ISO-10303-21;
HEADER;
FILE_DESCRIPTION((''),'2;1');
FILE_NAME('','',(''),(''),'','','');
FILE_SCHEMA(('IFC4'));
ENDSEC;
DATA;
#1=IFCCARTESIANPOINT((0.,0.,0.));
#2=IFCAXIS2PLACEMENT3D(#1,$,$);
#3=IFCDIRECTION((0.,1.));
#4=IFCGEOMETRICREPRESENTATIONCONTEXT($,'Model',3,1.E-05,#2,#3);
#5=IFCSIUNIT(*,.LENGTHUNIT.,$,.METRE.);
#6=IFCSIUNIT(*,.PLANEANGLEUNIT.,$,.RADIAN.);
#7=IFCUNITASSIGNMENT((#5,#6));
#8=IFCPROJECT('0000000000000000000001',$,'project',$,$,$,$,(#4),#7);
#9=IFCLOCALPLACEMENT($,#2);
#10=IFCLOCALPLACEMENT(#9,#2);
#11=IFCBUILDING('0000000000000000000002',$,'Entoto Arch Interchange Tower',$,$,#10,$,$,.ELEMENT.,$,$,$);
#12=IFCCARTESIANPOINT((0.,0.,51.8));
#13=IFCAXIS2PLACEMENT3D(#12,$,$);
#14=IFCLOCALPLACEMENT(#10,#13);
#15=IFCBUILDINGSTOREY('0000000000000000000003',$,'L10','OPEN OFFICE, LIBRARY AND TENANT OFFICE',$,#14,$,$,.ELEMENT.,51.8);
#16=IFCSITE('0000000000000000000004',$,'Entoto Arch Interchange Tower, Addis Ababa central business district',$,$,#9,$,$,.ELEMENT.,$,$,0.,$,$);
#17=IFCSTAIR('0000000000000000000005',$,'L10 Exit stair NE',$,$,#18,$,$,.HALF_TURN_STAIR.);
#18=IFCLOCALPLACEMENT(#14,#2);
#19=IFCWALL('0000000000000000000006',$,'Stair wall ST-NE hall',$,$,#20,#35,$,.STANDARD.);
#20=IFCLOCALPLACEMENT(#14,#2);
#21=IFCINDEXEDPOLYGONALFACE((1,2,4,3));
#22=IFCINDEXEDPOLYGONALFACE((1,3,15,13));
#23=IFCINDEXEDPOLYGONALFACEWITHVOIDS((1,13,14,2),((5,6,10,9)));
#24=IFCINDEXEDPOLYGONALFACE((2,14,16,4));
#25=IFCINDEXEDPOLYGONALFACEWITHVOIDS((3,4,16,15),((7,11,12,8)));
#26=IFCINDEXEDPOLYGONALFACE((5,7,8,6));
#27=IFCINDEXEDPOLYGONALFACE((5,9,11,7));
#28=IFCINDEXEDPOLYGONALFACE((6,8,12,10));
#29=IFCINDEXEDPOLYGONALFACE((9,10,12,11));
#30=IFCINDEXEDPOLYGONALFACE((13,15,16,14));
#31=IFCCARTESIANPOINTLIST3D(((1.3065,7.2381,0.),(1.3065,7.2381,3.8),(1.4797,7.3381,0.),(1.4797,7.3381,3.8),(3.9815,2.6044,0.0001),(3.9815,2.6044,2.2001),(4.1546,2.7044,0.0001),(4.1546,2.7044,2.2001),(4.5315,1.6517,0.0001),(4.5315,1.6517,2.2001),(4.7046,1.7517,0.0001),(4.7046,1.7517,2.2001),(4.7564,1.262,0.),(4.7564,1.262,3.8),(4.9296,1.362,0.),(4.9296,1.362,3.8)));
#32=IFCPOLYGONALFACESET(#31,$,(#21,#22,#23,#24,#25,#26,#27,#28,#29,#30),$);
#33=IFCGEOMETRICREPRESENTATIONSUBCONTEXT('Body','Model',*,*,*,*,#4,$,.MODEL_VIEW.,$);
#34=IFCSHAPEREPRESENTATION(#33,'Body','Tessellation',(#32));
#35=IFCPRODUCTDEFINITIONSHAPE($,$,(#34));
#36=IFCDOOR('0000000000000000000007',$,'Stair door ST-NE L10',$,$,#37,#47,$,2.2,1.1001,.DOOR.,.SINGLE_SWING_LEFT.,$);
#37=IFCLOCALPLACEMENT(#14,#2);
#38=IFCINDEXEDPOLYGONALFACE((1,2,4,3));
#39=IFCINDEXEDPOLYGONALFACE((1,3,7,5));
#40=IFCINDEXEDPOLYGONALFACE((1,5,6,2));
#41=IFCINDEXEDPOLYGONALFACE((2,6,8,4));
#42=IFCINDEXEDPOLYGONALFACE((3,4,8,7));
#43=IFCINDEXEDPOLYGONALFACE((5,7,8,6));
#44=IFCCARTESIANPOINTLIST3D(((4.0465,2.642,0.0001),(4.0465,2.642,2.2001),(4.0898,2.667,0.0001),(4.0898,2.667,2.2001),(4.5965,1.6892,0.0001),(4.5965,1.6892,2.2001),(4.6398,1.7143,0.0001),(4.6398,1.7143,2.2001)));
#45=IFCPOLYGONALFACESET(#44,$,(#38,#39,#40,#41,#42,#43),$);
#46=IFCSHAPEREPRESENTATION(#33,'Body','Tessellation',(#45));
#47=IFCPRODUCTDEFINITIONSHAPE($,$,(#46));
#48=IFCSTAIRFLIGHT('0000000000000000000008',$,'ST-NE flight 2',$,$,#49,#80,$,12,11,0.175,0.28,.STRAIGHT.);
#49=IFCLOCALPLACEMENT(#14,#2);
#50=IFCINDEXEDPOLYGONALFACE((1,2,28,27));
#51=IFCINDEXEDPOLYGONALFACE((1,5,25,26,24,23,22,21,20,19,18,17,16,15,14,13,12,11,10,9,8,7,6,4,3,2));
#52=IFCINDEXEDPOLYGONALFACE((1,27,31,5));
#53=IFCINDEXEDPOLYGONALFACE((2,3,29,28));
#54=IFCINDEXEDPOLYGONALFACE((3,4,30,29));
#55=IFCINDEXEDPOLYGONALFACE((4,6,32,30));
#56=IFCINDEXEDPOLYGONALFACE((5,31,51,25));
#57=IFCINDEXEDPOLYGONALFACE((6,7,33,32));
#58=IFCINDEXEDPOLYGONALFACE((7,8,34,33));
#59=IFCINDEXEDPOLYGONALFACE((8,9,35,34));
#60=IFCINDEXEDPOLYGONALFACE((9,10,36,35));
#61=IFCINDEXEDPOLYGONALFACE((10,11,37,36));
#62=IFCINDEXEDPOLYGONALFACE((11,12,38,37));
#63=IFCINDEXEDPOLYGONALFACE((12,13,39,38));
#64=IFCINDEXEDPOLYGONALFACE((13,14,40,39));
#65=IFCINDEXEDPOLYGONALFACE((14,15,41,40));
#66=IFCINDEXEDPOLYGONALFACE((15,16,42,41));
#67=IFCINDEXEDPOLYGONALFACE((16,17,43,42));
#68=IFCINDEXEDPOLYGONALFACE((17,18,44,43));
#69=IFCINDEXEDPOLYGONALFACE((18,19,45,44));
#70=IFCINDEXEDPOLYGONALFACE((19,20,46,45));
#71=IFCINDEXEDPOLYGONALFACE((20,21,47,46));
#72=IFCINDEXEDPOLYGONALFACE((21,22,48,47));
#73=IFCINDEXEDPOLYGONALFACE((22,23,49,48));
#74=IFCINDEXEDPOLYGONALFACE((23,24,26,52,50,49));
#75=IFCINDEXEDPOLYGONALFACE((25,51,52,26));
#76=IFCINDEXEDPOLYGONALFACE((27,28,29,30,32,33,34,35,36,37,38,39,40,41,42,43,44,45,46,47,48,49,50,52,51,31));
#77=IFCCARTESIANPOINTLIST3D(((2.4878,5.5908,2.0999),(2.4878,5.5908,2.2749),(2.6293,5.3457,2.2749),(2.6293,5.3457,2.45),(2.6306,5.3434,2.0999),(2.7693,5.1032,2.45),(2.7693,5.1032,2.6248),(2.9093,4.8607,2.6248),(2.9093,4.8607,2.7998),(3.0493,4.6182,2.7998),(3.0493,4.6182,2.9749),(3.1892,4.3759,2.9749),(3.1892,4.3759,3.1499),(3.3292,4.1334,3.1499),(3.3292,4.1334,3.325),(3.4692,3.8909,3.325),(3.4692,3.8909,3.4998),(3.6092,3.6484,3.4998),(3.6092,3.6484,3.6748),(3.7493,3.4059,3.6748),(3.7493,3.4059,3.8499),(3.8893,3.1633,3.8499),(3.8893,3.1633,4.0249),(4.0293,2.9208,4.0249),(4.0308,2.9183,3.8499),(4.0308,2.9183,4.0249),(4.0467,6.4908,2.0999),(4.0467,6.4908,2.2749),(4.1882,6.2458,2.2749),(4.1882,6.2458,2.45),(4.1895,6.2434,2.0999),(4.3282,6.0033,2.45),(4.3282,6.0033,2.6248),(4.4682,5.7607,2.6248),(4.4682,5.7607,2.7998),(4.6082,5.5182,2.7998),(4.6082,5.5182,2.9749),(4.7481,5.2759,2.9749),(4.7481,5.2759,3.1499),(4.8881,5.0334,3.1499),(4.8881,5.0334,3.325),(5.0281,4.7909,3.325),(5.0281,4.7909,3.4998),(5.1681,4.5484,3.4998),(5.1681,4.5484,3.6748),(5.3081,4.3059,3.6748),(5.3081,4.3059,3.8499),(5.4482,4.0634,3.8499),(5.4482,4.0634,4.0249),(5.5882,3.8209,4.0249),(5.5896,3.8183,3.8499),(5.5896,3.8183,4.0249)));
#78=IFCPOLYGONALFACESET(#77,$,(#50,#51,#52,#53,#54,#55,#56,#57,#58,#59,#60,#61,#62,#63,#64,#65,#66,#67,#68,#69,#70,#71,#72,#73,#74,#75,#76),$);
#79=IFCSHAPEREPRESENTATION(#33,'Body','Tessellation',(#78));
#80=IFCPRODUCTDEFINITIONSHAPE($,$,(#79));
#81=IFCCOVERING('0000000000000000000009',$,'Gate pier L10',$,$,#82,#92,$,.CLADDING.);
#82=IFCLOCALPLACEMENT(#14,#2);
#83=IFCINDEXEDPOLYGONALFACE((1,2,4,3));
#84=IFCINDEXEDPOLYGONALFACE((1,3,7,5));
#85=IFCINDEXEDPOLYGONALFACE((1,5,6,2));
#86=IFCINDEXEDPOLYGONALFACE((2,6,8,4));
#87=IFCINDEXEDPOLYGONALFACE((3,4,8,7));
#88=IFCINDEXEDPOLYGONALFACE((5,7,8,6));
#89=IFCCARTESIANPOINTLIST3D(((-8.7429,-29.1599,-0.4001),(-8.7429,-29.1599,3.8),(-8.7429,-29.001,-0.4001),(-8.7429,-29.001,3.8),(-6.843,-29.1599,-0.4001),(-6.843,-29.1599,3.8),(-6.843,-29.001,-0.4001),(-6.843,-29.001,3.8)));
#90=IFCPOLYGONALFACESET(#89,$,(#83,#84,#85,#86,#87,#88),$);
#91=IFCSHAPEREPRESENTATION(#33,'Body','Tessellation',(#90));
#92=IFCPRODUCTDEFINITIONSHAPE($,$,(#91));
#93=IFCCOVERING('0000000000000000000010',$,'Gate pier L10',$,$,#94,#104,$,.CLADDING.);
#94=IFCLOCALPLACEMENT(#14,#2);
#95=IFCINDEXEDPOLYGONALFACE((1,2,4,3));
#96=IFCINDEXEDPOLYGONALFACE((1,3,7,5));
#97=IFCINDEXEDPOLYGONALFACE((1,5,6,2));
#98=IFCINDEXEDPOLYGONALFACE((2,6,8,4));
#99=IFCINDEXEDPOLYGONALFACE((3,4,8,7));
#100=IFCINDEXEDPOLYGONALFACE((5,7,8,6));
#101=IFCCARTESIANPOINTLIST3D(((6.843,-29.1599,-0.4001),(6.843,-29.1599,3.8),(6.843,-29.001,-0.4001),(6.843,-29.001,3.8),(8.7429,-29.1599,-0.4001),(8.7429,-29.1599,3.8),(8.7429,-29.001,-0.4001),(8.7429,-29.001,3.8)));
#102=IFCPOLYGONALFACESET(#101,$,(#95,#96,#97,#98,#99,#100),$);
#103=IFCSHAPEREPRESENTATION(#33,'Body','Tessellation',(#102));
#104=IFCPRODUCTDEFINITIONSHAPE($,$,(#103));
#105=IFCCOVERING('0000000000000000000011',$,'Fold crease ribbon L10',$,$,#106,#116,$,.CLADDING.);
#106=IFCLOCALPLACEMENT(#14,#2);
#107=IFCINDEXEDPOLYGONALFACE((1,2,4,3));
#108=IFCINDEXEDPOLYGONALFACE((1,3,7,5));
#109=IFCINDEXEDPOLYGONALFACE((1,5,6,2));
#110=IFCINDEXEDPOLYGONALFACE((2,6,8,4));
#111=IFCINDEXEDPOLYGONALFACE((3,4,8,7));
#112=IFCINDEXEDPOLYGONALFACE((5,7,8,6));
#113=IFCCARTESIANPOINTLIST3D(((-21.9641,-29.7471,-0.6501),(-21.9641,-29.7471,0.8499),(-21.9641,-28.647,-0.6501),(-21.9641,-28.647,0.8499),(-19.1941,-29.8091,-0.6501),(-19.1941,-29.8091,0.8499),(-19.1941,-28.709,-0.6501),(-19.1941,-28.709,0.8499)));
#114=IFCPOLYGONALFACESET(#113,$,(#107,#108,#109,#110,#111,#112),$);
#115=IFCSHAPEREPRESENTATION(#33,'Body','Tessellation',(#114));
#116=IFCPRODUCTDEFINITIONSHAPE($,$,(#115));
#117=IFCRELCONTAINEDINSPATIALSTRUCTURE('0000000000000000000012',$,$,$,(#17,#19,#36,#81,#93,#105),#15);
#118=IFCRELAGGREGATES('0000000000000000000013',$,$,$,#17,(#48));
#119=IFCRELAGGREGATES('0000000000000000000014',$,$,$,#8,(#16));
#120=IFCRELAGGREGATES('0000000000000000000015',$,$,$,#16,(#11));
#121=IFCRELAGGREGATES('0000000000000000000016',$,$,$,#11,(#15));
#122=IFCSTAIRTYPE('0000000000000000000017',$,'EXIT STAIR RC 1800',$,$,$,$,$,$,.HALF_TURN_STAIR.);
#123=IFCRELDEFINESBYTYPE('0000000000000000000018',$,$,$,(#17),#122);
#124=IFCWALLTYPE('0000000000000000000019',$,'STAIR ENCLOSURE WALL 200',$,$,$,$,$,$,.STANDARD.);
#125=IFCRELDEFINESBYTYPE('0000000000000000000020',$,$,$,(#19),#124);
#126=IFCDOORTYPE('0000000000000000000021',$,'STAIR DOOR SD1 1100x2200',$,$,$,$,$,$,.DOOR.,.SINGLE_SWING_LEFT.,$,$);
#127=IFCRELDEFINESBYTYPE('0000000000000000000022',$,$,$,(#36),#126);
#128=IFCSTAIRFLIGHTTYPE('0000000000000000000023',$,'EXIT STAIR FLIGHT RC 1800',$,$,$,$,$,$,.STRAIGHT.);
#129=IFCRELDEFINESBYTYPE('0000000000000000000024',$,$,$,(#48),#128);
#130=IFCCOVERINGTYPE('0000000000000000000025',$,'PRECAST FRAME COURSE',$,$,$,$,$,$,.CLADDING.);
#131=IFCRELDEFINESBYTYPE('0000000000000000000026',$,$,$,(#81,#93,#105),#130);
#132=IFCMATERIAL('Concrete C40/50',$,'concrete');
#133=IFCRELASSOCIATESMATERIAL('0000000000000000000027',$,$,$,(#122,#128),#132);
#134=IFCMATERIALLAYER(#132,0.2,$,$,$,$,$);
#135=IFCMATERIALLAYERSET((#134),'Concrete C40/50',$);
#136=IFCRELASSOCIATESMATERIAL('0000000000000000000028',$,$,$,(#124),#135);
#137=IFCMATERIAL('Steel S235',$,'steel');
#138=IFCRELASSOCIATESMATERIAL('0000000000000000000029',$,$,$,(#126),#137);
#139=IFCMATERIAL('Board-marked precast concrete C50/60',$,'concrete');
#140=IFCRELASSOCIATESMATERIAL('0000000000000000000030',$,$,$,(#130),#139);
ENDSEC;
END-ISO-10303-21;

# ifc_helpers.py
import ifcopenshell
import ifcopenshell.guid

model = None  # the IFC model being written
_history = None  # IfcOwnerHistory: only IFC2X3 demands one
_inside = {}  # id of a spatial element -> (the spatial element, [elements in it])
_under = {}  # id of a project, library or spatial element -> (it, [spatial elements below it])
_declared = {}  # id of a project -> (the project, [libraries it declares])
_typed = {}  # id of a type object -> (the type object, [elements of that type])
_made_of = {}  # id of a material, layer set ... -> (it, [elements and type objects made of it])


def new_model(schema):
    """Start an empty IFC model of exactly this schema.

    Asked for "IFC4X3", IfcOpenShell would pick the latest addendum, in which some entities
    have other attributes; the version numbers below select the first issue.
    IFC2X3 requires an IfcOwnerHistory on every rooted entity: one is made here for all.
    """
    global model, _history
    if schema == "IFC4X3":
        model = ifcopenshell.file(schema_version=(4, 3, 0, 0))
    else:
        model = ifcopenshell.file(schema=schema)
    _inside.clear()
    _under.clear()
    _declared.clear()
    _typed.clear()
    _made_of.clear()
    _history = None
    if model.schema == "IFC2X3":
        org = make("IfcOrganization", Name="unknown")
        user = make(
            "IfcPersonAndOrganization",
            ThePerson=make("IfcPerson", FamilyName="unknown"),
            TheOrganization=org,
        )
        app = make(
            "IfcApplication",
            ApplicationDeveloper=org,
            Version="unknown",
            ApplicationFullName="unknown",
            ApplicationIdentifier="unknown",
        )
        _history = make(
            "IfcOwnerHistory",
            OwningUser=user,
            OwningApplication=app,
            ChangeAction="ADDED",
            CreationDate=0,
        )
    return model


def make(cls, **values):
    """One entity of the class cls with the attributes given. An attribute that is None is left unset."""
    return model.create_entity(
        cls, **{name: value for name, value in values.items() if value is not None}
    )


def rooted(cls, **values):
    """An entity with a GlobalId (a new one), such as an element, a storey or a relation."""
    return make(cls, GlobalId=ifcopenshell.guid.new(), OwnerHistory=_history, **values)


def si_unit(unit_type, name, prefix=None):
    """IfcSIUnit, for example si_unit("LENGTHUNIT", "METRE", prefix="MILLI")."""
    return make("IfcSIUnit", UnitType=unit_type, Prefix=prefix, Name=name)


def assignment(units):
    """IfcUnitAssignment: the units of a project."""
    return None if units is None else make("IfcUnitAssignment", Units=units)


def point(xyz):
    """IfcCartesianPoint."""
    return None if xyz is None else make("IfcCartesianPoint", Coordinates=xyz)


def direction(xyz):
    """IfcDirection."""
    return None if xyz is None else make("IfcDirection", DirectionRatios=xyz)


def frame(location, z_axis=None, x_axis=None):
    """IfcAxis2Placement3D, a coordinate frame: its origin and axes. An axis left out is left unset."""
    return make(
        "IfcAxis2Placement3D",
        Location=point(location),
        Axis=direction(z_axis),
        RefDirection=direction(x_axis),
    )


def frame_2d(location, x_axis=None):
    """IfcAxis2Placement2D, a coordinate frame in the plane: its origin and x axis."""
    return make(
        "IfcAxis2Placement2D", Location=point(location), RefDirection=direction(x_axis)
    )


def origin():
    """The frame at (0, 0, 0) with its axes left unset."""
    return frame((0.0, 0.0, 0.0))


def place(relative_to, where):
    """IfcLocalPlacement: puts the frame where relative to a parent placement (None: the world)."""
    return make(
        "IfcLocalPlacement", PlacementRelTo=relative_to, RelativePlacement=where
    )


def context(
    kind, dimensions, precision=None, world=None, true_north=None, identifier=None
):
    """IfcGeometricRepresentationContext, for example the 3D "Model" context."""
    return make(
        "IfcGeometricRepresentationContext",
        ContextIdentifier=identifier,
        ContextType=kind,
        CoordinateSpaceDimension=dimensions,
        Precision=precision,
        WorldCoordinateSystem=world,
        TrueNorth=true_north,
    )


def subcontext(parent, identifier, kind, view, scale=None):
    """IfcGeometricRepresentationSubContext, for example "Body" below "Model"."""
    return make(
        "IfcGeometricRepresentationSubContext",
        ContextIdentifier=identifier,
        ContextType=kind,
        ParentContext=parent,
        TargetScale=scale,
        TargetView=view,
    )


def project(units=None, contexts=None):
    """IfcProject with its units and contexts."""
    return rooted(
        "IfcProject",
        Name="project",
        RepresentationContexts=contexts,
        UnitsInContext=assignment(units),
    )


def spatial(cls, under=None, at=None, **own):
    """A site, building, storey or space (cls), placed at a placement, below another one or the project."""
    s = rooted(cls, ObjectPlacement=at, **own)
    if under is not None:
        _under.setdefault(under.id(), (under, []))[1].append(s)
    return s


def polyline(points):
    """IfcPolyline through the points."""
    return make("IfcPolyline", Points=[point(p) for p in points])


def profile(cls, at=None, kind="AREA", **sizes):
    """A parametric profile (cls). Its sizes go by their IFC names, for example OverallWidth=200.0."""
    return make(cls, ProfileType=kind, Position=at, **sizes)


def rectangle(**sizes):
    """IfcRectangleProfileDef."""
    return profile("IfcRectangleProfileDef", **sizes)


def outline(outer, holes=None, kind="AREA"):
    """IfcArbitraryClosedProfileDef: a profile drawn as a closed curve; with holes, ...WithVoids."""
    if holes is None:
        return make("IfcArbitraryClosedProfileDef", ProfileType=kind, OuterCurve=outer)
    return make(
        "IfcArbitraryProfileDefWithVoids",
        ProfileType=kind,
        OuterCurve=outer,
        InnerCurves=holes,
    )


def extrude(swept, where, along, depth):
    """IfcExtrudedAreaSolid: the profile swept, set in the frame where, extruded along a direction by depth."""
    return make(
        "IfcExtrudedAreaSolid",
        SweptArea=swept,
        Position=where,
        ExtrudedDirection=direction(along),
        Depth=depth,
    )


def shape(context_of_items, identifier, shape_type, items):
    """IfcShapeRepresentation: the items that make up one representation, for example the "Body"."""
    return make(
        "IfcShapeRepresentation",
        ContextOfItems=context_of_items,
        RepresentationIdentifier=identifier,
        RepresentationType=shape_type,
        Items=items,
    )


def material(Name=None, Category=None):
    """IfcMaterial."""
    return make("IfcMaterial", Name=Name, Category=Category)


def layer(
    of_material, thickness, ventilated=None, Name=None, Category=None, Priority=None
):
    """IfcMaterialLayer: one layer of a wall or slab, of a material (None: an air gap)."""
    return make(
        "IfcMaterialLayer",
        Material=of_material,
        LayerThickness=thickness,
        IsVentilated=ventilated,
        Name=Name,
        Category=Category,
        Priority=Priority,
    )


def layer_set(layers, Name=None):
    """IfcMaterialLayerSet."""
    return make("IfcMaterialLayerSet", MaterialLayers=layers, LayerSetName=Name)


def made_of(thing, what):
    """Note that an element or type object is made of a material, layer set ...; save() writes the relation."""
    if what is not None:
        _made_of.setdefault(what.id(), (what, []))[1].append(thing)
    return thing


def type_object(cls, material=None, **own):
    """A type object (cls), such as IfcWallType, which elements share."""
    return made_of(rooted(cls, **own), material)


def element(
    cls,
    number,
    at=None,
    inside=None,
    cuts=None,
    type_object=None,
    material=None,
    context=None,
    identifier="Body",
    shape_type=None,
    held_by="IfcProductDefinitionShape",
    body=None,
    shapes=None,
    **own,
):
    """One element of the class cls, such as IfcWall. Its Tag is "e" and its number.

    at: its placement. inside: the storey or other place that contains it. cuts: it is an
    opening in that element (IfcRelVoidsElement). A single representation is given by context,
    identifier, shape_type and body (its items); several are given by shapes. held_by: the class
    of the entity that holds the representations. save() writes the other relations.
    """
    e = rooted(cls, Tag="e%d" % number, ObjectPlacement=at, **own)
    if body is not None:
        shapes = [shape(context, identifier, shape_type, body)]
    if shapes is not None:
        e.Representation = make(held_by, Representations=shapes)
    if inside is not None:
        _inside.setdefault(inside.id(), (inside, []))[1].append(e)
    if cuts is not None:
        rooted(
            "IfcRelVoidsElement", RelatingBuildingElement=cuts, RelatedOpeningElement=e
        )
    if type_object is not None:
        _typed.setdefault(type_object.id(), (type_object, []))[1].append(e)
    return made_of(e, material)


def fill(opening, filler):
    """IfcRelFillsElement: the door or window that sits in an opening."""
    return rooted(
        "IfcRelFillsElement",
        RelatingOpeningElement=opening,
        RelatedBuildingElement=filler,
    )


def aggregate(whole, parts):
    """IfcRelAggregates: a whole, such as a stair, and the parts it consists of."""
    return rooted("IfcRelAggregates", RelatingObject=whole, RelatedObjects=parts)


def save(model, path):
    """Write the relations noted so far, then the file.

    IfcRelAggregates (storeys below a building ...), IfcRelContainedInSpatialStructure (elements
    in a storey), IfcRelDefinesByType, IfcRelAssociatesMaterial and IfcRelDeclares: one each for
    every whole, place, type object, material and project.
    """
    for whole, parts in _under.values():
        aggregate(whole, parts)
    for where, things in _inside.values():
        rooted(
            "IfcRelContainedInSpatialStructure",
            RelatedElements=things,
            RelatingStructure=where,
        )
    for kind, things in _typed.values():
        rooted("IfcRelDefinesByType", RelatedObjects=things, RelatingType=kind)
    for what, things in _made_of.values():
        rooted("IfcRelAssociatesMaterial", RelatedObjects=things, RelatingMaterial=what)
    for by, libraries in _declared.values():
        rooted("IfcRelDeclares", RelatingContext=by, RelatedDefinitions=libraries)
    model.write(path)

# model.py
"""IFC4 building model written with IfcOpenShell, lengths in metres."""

from ifc_helpers import new_model, si_unit, direction, frame, frame_2d, origin, place, context, subcontext, project, spatial, polyline, rectangle, outline, extrude, material, layer, layer_set, type_object, element, fill, aggregate, save


model = new_model("IFC4")

# Units and contexts
model_context = context("Model", 3, precision=1e-05, world=origin(), true_north=direction((0.0, 1.0)))
body_context = subcontext(model_context, "Body", "Model", "MODEL_VIEW")
ifc_project = project(units=[si_unit("LENGTHUNIT", "METRE"), si_unit("PLANEANGLEUNIT", "RADIAN")], contexts=[model_context])

# Site, building, storey
site_placement = place(None, origin())
site = spatial("IfcSite", under=ifc_project, at=site_placement, Name="Entoto Arch Interchange Tower, Addis Ababa central business district", CompositionType="ELEMENT", RefElevation=0.0)
building_placement = place(site_placement, origin())
building = spatial("IfcBuilding", under=site, at=building_placement, Name="Entoto Arch Interchange Tower", CompositionType="ELEMENT")
storey_placement = place(building_placement, frame((0.0, 0.0, 51.8)))
storey = spatial("IfcBuildingStorey", under=building, at=storey_placement, Name="L10", Description="OPEN OFFICE, LIBRARY AND TENANT OFFICE", CompositionType="ELEMENT", Elevation=51.8)

# Shared definitions
ifc_material_1 = material(Name="Concrete C40/50", Category="concrete")

# Stair
stair_type = type_object("IfcStairType", Name="EXIT STAIR RC 1800", PredefinedType="HALF_TURN_STAIR", material=ifc_material_1)
stair_1_placement = place(storey_placement, origin())
stair_1 = element("IfcStair", 1, at=stair_1_placement, inside=storey, type_object=stair_type, Name="L10 Exit stair NE", PredefinedType="HALF_TURN_STAIR")

# Shared definitions
ifc_layer_1 = layer(ifc_material_1, 0.2)
ifc_layer_set_1 = layer_set([ifc_layer_1], Name="Concrete C40/50")
wall_type_1 = type_object("IfcWallType", Name="STAIR ENCLOSURE WALL 200", PredefinedType="STANDARD", material=ifc_layer_set_1)
ifc_material_2 = material(Name="Steel S235", Category="steel")
door_type = type_object("IfcDoorType", Name="STAIR DOOR SD1 1100x2200", OperationType="SINGLE_SWING_LEFT", PredefinedType="DOOR", material=ifc_material_2)

# Wall, opening, door
wall_1_placement = place(storey_placement, frame((4.843, 1.312, 0.0), z_axis=(0.0, 0.0, 1.0), x_axis=(-0.499963, 0.866047, 0.0)))
wall_1 = element("IfcWall", 2, at=wall_1_placement, inside=storey, type_object=wall_type_1, Name="Stair wall ST-NE hall", PredefinedType="STANDARD", context=body_context, shape_type="SweptSolid", body=[
    extrude(rectangle(XDim=6.9004, YDim=0.2, at=frame_2d((3.4502, 0.0))), origin(), (0.0, 0.0, 1.0), 3.8),
])
opening_1_placement = place(wall_1_placement, frame((0.45, 0.0, 0.0)))
opening_1 = element("IfcOpeningElement", 3, at=opening_1_placement, cuts=wall_1, PredefinedType="OPENING", context=body_context, shape_type="SweptSolid", body=[
    extrude(rectangle(XDim=1.1001, YDim=2.2, at=frame_2d((0.55, 1.1001))), frame((0.0, 0.1099, 0.0), z_axis=(0.0, -1.0, 0.0), x_axis=(1.0, 0.0, 0.0)), (0.0, 0.0, 1.0), 0.22),
])
door_1_placement = place(opening_1_placement, origin())
door_1 = element("IfcDoor", 4, at=door_1_placement, inside=storey, type_object=door_type, Name="Stair door ST-NE L10", OperationType="SINGLE_SWING_LEFT", OverallHeight=2.2, OverallWidth=1.1001, PredefinedType="DOOR", context=body_context, shape_type="SweptSolid", body=[
    extrude(rectangle(XDim=1.1001, YDim=2.2, at=frame_2d((0.55, 1.1001))), frame((0.0, 0.0249, 0.0), z_axis=(0.0, -1.0, 0.0), x_axis=(1.0, 0.0, 0.0)), (0.0, 0.0, 1.0), 0.05),
])
fill(opening_1, door_1)

# Stair flight
stair_flight_type = type_object("IfcStairFlightType", Name="EXIT STAIR FLIGHT RC 1800", PredefinedType="STRAIGHT", material=ifc_material_1)
stair_flight_placement = place(storey_placement, frame((3.2688, 6.0383, 2.0999), z_axis=(0.0, 0.0, 1.0), x_axis=(0.5, -0.866025, 0.0)))
stair_flight = element("IfcStairFlight", 5, at=stair_flight_placement, type_object=stair_flight_type, Name="ST-NE flight 2", NumberOfRisers=12, NumberOfTreads=11, PredefinedType="STRAIGHT", RiserHeight=0.175, TreadLength=0.28, context=body_context, shape_type="SweptSolid", body=[
    extrude(outline(polyline([(-0.0029, 0.0), (-0.0029, 0.175), (0.28, 0.175), (0.28, 0.3501), (0.5601, 0.3501), (0.5601, 0.5249), (0.8401, 0.5249), (0.8401, 0.7), (1.1201, 0.7), (1.1201, 0.875), (1.3999, 0.875), (1.3999, 1.05), (1.6799, 1.05), (1.6799, 1.2251), (1.96, 1.2251), (1.96, 1.3999), (2.24, 1.3999), (2.24, 1.575), (2.52, 1.575), (2.52, 1.75), (2.8, 1.75), (2.8, 1.925), (3.0801, 1.925), (3.083, 1.925), (3.083, 1.75), (0.2827, 0.0), (-0.0029, 0.0)])), frame((0.0, 0.8999, 0.0), z_axis=(0.0, -1.0, 0.0), x_axis=(1.0, 0.0, 0.0)), (0.0, 0.0, 1.0), 1.8),
])
aggregate(stair_1, [stair_flight])

# Coverings
ifc_material_3 = material(Name="Board-marked precast concrete C50/60", Category="concrete")
covering_type = type_object("IfcCoveringType", Name="PRECAST FRAME COURSE", PredefinedType="CLADDING", material=ifc_material_3)
covering_1_placement = place(storey_placement, frame((0.0, 0.0, -0.4001)))
element("IfcCovering", 6, at=covering_1_placement, inside=storey, type_object=covering_type, Name="Gate pier L10", PredefinedType="CLADDING", context=body_context, shape_type="SweptSolid", body=[
    extrude(outline(polyline([(-8.7429, -29.001), (-6.843, -29.001), (-6.843, -29.1599), (-8.7429, -29.1599), (-8.7429, -29.001)])), origin(), (0.0, 0.0, 1.0), 4.2002),
])
covering_2_placement = place(storey_placement, frame((0.0, 0.0, -0.4001)))
element("IfcCovering", 7, at=covering_2_placement, inside=storey, type_object=covering_type, Name="Gate pier L10", PredefinedType="CLADDING", context=body_context, shape_type="SweptSolid", body=[
    extrude(outline(polyline([(6.843, -29.001), (8.7429, -29.001), (8.7429, -29.1599), (6.843, -29.1599), (6.843, -29.001)])), origin(), (0.0, 0.0, 1.0), 4.2002),
])
covering_3_placement = place(storey_placement, frame((0.0, 0.0, -0.6501)))
element("IfcCovering", 8, at=covering_3_placement, inside=storey, type_object=covering_type, Name="Fold crease ribbon L10", PredefinedType="CLADDING", context=body_context, shape_type="SweptSolid", body=[
    extrude(outline(polyline([(-21.9641, -29.7471), (-21.9641, -28.647), (-19.1941, -28.709), (-19.1941, -29.8091), (-21.9641, -29.7471)])), origin(), (0.0, 0.0, 1.0), 1.5),
])

save(model, "model.ifc")
